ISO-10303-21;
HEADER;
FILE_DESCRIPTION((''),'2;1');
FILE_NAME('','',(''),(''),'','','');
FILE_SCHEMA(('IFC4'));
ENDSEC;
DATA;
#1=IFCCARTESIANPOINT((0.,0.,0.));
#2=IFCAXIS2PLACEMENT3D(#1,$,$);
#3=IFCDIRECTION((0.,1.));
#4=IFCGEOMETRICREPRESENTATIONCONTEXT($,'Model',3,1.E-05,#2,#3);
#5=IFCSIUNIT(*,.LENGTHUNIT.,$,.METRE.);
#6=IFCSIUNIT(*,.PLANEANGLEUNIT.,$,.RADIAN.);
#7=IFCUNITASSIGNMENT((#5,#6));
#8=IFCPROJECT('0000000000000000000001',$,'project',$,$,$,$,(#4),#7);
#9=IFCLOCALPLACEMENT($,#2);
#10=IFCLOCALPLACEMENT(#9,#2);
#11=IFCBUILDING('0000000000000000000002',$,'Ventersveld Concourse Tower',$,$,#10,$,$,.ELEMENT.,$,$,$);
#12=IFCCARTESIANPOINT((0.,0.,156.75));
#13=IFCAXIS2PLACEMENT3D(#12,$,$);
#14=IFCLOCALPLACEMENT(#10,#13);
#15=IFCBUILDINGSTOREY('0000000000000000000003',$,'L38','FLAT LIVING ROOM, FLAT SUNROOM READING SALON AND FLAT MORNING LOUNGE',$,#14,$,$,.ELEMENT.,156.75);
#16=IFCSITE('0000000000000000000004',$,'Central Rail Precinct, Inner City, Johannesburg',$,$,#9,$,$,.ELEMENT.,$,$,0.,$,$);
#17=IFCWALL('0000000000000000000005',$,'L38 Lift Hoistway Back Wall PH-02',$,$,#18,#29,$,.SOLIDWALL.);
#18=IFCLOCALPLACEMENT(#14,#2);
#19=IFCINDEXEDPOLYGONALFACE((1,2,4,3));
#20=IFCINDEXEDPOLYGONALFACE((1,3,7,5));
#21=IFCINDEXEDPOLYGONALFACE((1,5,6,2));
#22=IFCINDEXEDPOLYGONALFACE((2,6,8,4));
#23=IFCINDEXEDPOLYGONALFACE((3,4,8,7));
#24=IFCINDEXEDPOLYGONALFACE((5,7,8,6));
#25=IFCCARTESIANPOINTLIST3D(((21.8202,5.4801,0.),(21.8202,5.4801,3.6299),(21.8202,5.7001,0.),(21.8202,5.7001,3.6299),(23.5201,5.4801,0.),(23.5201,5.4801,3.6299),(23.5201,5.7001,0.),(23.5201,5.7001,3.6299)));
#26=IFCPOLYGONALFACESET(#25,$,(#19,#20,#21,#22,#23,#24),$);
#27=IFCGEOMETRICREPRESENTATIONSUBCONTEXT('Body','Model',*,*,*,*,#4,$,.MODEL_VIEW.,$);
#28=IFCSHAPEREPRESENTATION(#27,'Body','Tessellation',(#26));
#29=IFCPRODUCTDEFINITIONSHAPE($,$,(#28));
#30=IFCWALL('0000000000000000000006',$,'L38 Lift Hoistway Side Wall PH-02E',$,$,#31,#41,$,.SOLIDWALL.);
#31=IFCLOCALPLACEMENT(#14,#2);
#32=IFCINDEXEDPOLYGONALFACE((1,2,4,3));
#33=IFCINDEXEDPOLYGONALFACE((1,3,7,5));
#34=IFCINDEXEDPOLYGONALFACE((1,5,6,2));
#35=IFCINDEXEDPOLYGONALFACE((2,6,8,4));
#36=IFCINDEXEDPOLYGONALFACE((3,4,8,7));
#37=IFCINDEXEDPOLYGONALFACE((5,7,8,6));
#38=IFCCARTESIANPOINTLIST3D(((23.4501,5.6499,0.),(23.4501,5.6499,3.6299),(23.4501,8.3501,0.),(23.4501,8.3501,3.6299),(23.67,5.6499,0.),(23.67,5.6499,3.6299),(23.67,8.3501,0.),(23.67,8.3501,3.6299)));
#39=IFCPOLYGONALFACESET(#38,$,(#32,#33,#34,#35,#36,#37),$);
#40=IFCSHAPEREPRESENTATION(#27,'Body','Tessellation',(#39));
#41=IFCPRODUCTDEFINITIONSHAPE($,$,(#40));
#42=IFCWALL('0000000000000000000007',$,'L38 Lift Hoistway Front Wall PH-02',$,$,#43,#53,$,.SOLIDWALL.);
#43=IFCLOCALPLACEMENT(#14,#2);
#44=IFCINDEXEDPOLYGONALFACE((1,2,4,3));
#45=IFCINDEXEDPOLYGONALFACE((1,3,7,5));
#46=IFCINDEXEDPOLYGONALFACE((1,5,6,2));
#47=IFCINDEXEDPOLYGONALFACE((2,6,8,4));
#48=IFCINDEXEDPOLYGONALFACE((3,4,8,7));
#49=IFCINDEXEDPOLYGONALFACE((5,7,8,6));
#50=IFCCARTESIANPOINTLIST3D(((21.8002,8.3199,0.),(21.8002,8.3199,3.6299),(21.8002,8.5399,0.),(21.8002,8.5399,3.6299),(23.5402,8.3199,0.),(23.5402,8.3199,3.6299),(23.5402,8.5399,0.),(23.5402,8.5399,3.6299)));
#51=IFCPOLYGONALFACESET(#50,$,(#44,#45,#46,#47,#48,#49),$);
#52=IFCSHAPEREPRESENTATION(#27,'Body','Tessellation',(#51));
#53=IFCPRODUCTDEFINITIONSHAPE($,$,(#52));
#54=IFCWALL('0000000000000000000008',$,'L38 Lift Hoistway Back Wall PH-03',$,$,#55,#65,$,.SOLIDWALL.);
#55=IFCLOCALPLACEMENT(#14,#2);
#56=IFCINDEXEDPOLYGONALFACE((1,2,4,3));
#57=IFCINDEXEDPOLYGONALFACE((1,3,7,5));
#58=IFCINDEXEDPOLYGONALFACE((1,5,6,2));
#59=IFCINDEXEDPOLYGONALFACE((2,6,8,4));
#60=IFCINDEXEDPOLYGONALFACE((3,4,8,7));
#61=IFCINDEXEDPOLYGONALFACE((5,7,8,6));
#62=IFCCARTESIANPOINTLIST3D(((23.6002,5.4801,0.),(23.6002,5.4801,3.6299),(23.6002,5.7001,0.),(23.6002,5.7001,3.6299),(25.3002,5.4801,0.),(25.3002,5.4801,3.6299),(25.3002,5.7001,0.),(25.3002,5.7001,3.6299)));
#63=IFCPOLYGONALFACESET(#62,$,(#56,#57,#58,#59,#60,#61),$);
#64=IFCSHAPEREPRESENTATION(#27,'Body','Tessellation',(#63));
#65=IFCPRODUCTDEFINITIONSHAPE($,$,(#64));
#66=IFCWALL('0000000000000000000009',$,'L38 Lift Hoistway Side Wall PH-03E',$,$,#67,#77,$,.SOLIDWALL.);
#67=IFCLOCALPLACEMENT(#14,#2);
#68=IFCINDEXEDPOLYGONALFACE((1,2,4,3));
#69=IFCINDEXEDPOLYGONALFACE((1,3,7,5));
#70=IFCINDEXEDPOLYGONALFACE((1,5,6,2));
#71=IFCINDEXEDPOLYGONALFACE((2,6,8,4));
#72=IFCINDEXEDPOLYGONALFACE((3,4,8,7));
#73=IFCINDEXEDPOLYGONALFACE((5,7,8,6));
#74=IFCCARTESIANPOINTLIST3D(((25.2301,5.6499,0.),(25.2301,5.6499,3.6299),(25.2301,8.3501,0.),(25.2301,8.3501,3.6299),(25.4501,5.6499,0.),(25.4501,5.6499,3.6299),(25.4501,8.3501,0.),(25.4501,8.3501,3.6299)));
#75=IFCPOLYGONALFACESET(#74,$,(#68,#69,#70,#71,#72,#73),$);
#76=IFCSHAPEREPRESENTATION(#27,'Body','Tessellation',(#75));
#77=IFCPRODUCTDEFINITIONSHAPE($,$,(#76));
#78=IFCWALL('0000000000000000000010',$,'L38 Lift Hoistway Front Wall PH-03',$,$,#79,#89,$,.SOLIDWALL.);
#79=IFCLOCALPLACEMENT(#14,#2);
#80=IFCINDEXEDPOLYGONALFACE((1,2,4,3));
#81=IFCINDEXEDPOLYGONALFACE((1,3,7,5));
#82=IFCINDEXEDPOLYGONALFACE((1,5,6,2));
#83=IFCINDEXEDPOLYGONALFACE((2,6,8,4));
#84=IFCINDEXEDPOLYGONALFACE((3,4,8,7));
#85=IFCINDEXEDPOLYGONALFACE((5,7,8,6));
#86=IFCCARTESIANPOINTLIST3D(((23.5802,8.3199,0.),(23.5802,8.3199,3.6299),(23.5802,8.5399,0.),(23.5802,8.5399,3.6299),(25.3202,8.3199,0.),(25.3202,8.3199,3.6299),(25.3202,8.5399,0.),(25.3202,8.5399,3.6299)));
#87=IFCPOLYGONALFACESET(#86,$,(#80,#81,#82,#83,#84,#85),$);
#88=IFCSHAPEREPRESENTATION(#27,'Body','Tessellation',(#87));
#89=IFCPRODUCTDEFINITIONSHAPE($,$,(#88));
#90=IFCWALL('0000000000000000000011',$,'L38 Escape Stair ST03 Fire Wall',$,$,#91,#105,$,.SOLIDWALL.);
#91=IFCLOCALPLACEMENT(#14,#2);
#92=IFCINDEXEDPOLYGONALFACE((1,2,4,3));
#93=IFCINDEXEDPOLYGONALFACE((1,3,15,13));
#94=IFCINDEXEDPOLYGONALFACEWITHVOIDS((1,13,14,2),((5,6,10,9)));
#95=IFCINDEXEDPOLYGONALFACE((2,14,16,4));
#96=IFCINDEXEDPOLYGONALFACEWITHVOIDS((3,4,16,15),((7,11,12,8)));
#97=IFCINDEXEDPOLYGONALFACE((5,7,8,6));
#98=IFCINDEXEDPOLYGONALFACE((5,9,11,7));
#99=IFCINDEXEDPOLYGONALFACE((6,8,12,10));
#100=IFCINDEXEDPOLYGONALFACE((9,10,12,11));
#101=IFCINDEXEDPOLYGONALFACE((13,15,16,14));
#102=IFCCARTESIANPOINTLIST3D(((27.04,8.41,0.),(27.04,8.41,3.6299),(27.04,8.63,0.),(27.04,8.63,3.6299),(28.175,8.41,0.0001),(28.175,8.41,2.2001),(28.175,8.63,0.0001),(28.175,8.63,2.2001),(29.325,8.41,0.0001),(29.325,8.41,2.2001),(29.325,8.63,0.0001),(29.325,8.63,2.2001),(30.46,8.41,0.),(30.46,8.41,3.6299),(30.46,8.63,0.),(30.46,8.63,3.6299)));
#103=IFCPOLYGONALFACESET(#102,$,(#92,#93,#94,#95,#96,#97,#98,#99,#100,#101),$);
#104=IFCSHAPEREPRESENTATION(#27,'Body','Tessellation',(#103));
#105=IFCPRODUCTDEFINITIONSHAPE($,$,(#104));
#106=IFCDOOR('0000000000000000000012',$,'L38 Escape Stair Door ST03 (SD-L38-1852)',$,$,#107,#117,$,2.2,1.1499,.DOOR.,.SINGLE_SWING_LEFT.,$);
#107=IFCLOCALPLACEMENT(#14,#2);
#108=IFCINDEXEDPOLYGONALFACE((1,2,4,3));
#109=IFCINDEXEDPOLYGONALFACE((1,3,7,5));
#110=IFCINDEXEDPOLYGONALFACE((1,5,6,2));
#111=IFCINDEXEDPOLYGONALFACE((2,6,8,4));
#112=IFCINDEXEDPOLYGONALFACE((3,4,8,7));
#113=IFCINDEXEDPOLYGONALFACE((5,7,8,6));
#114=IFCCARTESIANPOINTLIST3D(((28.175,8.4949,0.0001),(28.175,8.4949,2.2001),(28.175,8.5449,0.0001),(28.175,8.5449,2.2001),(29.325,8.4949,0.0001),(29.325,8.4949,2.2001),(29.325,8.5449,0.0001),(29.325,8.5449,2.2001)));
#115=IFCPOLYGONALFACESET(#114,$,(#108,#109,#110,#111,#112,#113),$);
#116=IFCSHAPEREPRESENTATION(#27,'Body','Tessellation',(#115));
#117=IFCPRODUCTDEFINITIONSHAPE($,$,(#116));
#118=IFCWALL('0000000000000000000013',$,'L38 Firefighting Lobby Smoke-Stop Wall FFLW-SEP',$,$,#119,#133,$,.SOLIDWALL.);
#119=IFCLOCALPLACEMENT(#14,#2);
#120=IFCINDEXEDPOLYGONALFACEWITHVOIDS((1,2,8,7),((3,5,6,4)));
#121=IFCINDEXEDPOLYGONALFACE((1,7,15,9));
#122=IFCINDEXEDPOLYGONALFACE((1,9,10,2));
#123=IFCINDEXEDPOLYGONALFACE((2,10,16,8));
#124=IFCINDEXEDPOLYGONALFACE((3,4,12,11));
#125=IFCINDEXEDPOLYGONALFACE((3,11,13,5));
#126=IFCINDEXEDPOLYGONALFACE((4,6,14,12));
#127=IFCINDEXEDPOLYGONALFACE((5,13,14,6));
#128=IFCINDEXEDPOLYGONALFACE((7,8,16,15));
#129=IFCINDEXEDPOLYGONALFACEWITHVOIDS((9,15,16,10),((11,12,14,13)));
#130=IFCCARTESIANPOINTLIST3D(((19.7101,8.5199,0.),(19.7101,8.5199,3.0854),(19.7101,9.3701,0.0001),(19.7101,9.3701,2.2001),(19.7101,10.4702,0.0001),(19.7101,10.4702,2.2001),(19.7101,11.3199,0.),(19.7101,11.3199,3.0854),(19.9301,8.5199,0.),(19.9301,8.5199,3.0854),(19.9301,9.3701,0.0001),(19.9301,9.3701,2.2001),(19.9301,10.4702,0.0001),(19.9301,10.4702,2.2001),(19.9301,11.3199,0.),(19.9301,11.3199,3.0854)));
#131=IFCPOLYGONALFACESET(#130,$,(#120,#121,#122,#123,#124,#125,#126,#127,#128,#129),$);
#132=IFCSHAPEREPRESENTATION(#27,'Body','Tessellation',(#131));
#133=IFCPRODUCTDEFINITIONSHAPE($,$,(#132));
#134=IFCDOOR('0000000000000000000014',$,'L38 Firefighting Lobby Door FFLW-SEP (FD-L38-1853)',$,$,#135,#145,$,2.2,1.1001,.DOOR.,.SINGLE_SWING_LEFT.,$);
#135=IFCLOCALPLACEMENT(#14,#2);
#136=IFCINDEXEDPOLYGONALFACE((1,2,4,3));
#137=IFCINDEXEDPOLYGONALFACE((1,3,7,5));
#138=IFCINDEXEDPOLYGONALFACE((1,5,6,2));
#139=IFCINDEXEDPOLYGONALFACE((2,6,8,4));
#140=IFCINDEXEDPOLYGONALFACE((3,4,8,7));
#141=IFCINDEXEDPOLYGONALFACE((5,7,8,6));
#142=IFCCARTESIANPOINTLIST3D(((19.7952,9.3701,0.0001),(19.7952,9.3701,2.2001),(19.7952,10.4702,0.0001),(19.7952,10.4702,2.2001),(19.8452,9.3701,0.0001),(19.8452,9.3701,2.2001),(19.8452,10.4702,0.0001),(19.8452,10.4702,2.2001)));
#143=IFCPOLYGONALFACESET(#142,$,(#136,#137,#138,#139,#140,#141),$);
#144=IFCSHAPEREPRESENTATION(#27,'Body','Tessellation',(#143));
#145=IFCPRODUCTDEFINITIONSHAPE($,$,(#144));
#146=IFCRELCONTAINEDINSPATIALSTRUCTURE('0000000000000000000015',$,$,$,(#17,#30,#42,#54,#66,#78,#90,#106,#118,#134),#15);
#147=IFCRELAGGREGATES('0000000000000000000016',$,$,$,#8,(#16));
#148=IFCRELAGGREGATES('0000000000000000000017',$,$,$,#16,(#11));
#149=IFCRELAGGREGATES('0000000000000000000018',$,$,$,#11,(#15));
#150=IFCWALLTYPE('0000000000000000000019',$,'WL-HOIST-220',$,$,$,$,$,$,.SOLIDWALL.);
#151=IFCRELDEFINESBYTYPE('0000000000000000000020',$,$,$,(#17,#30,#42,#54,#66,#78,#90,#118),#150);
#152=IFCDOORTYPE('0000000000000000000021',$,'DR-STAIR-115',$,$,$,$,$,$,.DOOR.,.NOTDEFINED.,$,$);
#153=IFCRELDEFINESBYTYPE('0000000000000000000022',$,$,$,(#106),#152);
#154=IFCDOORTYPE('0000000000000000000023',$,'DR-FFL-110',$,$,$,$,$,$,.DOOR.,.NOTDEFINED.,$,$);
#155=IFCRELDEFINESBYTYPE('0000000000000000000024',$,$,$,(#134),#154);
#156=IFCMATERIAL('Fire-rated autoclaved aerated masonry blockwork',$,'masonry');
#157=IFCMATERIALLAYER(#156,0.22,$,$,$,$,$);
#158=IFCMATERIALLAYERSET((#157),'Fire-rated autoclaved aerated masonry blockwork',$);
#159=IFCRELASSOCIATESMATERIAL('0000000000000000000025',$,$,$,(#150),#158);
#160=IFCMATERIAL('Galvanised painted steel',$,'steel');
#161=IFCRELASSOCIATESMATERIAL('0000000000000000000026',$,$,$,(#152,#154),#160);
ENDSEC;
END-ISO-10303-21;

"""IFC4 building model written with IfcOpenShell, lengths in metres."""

from ifc_helpers import new_model, si_unit, direction, frame, frame_2d, origin, place, context, subcontext, project, spatial, rectangle, extrude, material, layer, layer_set, type_object, element, fill, save


model = new_model("IFC4")

# Units and contexts
model_context = context("Model", 3, precision=1e-05, world=origin(), true_north=direction((0.0, 1.0)))
body_context = subcontext(model_context, "Body", "Model", "MODEL_VIEW")
ifc_project = project(units=[si_unit("LENGTHUNIT", "METRE"), si_unit("PLANEANGLEUNIT", "RADIAN")], contexts=[model_context])

# Site, building, storey
site_placement = place(None, origin())
site = spatial("IfcSite", under=ifc_project, at=site_placement, Name="Central Rail Precinct, Inner City, Johannesburg", CompositionType="ELEMENT", RefElevation=0.0)
building_placement = place(site_placement, origin())
building = spatial("IfcBuilding", under=site, at=building_placement, Name="Ventersveld Concourse Tower", CompositionType="ELEMENT")
storey_placement = place(building_placement, frame((0.0, 0.0, 156.75)))
storey = spatial("IfcBuildingStorey", under=building, at=storey_placement, Name="L38", Description="FLAT LIVING ROOM, FLAT SUNROOM READING SALON AND FLAT MORNING LOUNGE", CompositionType="ELEMENT", Elevation=156.75)

# Shared definitions
ifc_material_1 = material(Name="Fire-rated autoclaved aerated masonry blockwork", Category="masonry")
ifc_material_2 = material(Name="Galvanised painted steel", Category="steel")

# Walls
ifc_layer_1 = layer(ifc_material_1, 0.22)
ifc_layer_set_1 = layer_set([ifc_layer_1], Name="Fire-rated autoclaved aerated masonry blockwork")
wall_type_1 = type_object("IfcWallType", Name="WL-HOIST-220", PredefinedType="SOLIDWALL", material=ifc_layer_set_1)
wall_1_placement = place(storey_placement, frame((21.8201, 5.5901, 0.0), z_axis=(0.0, 0.0, 1.0), x_axis=(1.0, 0.0, 0.0)))
element("IfcWall", 1, at=wall_1_placement, inside=storey, type_object=wall_type_1, Name="L38 Lift Hoistway Back Wall PH-02", PredefinedType="SOLIDWALL", context=body_context, shape_type="SweptSolid", body=[
    extrude(rectangle(XDim=1.7, YDim=0.22, at=frame_2d((0.8501, 0.0))), origin(), (0.0, 0.0, 1.0), 3.6299),
])
wall_2_placement = place(storey_placement, frame((23.5601, 5.6499, 0.0), z_axis=(0.0, 0.0, 1.0), x_axis=(0.0, 1.0, 0.0)))
element("IfcWall", 2, at=wall_2_placement, inside=storey, type_object=wall_type_1, Name="L38 Lift Hoistway Side Wall PH-02E", PredefinedType="SOLIDWALL", context=body_context, shape_type="SweptSolid", body=[
    extrude(rectangle(XDim=2.7002, YDim=0.22, at=frame_2d((1.3501, 0.0))), origin(), (0.0, 0.0, 1.0), 3.6299),
])
wall_3_placement = place(storey_placement, frame((21.8, 8.4299, 0.0), z_axis=(0.0, 0.0, 1.0), x_axis=(1.0, 0.0, 0.0)))
element("IfcWall", 3, at=wall_3_placement, inside=storey, type_object=wall_type_1, Name="L38 Lift Hoistway Front Wall PH-02", PredefinedType="SOLIDWALL", context=body_context, shape_type="SweptSolid", body=[
    extrude(rectangle(XDim=1.74, YDim=0.22, at=frame_2d((0.8701, 0.0))), origin(), (0.0, 0.0, 1.0), 3.6299),
])
wall_4_placement = place(storey_placement, frame((23.6001, 5.5901, 0.0), z_axis=(0.0, 0.0, 1.0), x_axis=(1.0, 0.0, 0.0)))
element("IfcWall", 4, at=wall_4_placement, inside=storey, type_object=wall_type_1, Name="L38 Lift Hoistway Back Wall PH-03", PredefinedType="SOLIDWALL", context=body_context, shape_type="SweptSolid", body=[
    extrude(rectangle(XDim=1.7, YDim=0.22, at=frame_2d((0.8501, 0.0))), origin(), (0.0, 0.0, 1.0), 3.6299),
])
wall_5_placement = place(storey_placement, frame((25.3401, 5.6499, 0.0), z_axis=(0.0, 0.0, 1.0), x_axis=(0.0, 1.0, 0.0)))
element("IfcWall", 5, at=wall_5_placement, inside=storey, type_object=wall_type_1, Name="L38 Lift Hoistway Side Wall PH-03E", PredefinedType="SOLIDWALL", context=body_context, shape_type="SweptSolid", body=[
    extrude(rectangle(XDim=2.7002, YDim=0.22, at=frame_2d((1.3501, 0.0))), origin(), (0.0, 0.0, 1.0), 3.6299),
])
wall_6_placement = place(storey_placement, frame((23.5801, 8.4299, 0.0), z_axis=(0.0, 0.0, 1.0), x_axis=(1.0, 0.0, 0.0)))
element("IfcWall", 6, at=wall_6_placement, inside=storey, type_object=wall_type_1, Name="L38 Lift Hoistway Front Wall PH-03", PredefinedType="SOLIDWALL", context=body_context, shape_type="SweptSolid", body=[
    extrude(rectangle(XDim=1.74, YDim=0.22, at=frame_2d((0.8701, 0.0))), origin(), (0.0, 0.0, 1.0), 3.6299),
])

# Walls, openings, doors
wall_7_placement = place(storey_placement, frame((27.04, 8.52, 0.0), z_axis=(0.0, 0.0, 1.0), x_axis=(1.0, 0.0, 0.0)))
wall_7 = element("IfcWall", 7, at=wall_7_placement, inside=storey, type_object=wall_type_1, Name="L38 Escape Stair ST03 Fire Wall", PredefinedType="SOLIDWALL", context=body_context, shape_type="SweptSolid", body=[
    extrude(rectangle(XDim=3.4199, YDim=0.22, at=frame_2d((1.71, 0.0))), origin(), (0.0, 0.0, 1.0), 3.6299),
])
opening_1_placement = place(wall_7_placement, frame((1.135, 0.0, 0.0)))
opening_1 = element("IfcOpeningElement", 8, at=opening_1_placement, cuts=wall_7, PredefinedType="OPENING", context=body_context, shape_type="SweptSolid", body=[
    extrude(rectangle(XDim=1.1499, YDim=2.2, at=frame_2d((0.575, 1.1001))), frame((0.0, 0.1201, 0.0), z_axis=(0.0, -1.0, 0.0), x_axis=(1.0, 0.0, 0.0)), (0.0, 0.0, 1.0), 0.24),
])
door_type_1 = type_object("IfcDoorType", Name="DR-STAIR-115", OperationType="NOTDEFINED", PredefinedType="DOOR", material=ifc_material_2)
door_1_placement = place(opening_1_placement, origin())
door_1 = element("IfcDoor", 9, at=door_1_placement, inside=storey, type_object=door_type_1, Name="L38 Escape Stair Door ST03 (SD-L38-1852)", OperationType="SINGLE_SWING_LEFT", OverallHeight=2.2, OverallWidth=1.1499, PredefinedType="DOOR", context=body_context, shape_type="SweptSolid", body=[
    extrude(rectangle(XDim=1.1499, YDim=2.2, at=frame_2d((0.575, 1.1001))), frame((0.0, 0.0249, 0.0), z_axis=(0.0, -1.0, 0.0), x_axis=(1.0, 0.0, 0.0)), (0.0, 0.0, 1.0), 0.05),
])
fill(opening_1, door_1)
wall_8_placement = place(storey_placement, frame((19.8201, 8.52, 0.0), z_axis=(0.0, 0.0, 1.0), x_axis=(0.0, 1.0, 0.0)))
wall_8 = element("IfcWall", 10, at=wall_8_placement, inside=storey, type_object=wall_type_1, Name="L38 Firefighting Lobby Smoke-Stop Wall FFLW-SEP", PredefinedType="SOLIDWALL", context=body_context, shape_type="SweptSolid", body=[
    extrude(rectangle(XDim=2.8, YDim=0.22, at=frame_2d((1.3999, 0.0))), origin(), (0.0, 0.0, 1.0), 3.0854),
])
opening_2_placement = place(wall_8_placement, frame((0.8501, 0.0, 0.0)))
opening_2 = element("IfcOpeningElement", 11, at=opening_2_placement, cuts=wall_8, PredefinedType="OPENING", context=body_context, shape_type="SweptSolid", body=[
    extrude(rectangle(XDim=1.1001, YDim=2.2, at=frame_2d((0.55, 1.1001))), frame((0.0, 0.1201, 0.0), z_axis=(0.0, -1.0, 0.0), x_axis=(1.0, 0.0, 0.0)), (0.0, 0.0, 1.0), 0.24),
])
door_type_2 = type_object("IfcDoorType", Name="DR-FFL-110", OperationType="NOTDEFINED", PredefinedType="DOOR", material=ifc_material_2)
door_2_placement = place(opening_2_placement, origin())
door_2 = element("IfcDoor", 12, at=door_2_placement, inside=storey, type_object=door_type_2, Name="L38 Firefighting Lobby Door FFLW-SEP (FD-L38-1853)", OperationType="SINGLE_SWING_LEFT", OverallHeight=2.2, OverallWidth=1.1001, PredefinedType="DOOR", context=body_context, shape_type="SweptSolid", body=[
    extrude(rectangle(XDim=1.1001, YDim=2.2, at=frame_2d((0.55, 1.1001))), frame((0.0, 0.0249, 0.0), z_axis=(0.0, -1.0, 0.0), x_axis=(1.0, 0.0, 0.0)), (0.0, 0.0, 1.0), 0.05),
])
fill(opening_2, door_2)

save(model, "model.ifc")
